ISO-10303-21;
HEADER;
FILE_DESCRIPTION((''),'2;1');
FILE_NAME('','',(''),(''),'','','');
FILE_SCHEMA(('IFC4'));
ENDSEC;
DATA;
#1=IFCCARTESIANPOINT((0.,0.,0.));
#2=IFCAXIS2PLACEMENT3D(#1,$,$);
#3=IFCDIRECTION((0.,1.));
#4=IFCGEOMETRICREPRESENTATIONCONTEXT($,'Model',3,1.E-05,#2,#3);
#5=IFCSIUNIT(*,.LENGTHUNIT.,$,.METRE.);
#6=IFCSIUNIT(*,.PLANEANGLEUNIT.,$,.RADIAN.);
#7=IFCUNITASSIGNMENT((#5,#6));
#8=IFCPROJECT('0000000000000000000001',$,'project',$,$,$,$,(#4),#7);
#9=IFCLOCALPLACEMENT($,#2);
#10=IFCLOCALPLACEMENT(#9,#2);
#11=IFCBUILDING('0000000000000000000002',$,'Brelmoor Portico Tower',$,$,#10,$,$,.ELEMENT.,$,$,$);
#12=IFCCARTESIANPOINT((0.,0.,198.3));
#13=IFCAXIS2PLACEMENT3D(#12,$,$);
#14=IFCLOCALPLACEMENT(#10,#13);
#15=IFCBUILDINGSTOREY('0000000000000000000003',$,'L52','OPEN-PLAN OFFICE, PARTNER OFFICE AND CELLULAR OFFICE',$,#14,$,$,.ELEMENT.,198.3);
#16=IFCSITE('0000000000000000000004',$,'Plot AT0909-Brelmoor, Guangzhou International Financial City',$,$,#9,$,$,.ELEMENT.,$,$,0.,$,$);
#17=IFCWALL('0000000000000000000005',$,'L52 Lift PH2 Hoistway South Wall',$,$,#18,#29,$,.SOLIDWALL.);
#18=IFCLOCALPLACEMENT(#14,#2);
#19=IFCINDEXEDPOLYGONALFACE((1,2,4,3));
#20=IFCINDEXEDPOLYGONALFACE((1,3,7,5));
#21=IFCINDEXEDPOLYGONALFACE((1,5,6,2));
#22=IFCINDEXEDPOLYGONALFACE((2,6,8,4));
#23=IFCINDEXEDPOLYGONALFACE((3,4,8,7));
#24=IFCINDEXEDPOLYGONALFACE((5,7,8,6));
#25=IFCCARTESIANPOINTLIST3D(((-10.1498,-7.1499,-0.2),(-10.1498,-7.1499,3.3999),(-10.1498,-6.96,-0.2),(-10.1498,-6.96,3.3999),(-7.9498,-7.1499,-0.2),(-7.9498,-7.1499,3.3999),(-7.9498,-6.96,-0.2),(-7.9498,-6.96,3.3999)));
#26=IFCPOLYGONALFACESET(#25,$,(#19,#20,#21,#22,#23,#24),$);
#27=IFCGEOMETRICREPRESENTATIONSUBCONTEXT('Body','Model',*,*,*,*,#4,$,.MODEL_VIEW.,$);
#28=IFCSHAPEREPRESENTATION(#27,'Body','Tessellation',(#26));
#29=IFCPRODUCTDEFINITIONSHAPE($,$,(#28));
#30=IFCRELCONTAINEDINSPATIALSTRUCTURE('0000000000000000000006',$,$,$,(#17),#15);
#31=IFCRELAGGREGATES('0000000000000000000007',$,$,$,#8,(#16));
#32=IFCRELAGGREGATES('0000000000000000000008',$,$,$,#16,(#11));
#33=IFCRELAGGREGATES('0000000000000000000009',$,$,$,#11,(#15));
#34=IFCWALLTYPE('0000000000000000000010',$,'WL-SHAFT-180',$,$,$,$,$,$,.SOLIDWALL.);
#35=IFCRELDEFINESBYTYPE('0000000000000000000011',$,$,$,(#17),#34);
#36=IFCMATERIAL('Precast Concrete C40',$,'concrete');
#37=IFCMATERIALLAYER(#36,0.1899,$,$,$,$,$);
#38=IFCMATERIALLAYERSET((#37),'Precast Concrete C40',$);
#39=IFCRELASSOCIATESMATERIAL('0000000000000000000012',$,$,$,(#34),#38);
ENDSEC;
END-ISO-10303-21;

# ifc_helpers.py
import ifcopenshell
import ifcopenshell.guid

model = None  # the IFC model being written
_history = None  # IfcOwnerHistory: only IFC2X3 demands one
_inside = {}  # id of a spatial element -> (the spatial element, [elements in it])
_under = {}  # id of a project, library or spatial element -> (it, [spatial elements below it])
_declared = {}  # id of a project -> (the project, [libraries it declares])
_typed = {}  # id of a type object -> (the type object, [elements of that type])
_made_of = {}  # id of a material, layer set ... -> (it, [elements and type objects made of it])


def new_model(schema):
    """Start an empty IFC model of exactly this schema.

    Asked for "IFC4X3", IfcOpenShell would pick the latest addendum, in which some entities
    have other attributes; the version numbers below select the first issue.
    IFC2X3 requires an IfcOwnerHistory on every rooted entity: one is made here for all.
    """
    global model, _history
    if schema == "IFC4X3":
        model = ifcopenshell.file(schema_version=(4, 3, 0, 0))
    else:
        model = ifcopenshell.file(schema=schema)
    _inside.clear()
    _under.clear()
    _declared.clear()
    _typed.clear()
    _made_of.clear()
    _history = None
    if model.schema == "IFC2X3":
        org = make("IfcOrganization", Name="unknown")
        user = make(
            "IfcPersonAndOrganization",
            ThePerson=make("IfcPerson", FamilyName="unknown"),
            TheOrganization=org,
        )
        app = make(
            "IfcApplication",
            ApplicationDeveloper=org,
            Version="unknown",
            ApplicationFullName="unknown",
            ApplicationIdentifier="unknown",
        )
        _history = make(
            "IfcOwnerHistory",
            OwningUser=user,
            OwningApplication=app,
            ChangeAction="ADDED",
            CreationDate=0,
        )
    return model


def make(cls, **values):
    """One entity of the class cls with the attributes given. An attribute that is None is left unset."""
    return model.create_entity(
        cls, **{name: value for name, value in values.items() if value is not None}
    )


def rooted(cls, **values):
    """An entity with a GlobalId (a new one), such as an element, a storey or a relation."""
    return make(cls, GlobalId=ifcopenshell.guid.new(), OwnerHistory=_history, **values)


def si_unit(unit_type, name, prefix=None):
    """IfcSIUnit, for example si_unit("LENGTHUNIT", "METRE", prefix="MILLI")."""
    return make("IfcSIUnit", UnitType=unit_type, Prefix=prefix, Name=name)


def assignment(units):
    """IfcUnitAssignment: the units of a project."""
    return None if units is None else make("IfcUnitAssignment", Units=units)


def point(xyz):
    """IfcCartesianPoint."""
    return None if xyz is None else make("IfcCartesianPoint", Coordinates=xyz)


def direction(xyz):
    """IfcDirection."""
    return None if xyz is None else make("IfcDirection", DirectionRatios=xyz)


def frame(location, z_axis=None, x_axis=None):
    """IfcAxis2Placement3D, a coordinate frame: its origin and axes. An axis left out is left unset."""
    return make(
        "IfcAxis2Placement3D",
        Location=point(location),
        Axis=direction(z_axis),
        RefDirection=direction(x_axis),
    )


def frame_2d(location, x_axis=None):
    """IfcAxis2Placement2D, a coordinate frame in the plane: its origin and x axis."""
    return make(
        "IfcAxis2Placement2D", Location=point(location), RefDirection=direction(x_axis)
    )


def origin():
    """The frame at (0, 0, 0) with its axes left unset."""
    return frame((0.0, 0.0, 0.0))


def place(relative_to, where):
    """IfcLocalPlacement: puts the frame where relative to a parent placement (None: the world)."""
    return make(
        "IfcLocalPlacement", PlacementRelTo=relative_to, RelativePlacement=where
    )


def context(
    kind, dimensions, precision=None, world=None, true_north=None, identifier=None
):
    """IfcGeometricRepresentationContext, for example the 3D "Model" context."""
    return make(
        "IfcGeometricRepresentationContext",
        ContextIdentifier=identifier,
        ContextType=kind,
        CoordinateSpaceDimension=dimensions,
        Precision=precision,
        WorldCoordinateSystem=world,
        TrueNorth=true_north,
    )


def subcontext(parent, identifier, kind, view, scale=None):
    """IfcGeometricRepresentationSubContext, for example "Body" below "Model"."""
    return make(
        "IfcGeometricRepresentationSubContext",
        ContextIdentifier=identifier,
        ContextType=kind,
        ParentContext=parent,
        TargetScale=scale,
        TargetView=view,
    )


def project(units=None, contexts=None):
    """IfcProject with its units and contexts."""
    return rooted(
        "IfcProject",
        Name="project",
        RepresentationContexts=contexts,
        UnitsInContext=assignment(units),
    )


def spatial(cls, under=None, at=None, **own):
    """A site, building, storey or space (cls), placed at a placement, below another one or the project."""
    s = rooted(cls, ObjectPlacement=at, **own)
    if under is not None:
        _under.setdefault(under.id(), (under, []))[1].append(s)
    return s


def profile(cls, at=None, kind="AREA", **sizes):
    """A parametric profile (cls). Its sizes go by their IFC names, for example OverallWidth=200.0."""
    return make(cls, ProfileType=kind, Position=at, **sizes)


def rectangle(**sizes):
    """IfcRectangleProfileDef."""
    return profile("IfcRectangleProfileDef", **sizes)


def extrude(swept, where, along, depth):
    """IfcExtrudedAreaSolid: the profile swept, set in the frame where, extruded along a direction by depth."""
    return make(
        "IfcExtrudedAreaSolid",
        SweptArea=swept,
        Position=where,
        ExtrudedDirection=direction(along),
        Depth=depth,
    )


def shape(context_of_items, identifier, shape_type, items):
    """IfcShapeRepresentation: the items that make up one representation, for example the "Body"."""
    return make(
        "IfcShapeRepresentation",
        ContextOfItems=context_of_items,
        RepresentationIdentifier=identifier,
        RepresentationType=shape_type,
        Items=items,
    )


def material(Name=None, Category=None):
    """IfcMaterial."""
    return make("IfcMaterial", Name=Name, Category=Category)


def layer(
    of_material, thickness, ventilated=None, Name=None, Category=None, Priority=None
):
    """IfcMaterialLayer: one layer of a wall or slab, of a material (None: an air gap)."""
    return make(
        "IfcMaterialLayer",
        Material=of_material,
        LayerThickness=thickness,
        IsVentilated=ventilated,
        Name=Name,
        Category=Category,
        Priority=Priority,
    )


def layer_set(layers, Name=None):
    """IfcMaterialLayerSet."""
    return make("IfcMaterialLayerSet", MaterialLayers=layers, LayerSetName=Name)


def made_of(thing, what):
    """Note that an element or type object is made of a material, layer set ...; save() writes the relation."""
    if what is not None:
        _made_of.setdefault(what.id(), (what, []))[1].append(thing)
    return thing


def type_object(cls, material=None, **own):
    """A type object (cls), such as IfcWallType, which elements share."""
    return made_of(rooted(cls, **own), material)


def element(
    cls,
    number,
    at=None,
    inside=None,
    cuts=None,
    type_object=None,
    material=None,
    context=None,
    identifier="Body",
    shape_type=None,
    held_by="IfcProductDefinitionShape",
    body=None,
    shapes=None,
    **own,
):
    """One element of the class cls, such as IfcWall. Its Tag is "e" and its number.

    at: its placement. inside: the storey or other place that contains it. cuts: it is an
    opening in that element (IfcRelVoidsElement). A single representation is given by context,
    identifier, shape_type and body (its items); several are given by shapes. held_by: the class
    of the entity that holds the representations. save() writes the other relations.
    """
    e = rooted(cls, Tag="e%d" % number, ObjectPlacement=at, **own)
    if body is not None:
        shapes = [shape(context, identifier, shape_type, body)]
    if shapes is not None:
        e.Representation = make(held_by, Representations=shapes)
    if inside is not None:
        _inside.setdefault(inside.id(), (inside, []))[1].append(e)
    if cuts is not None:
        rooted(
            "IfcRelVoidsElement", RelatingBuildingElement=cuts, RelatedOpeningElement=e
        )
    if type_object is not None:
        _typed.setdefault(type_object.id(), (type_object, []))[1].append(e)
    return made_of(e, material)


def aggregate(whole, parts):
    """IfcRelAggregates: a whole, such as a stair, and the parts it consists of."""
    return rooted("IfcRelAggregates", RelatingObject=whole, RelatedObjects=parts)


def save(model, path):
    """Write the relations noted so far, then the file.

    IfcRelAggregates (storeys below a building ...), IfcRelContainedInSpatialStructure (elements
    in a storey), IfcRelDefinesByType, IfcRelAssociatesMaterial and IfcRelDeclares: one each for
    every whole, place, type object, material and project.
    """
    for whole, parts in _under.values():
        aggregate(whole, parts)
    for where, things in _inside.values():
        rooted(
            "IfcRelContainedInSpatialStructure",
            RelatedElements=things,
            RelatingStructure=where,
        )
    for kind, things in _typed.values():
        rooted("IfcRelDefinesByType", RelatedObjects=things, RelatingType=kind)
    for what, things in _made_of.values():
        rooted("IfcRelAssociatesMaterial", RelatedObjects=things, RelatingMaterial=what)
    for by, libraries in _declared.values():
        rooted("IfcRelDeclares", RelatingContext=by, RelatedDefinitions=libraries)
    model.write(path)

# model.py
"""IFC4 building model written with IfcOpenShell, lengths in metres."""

from ifc_helpers import new_model, si_unit, direction, frame, frame_2d, origin, place, context, subcontext, project, spatial, rectangle, extrude, material, layer, layer_set, type_object, element, save


model = new_model("IFC4")

# Units and contexts
model_context = context("Model", 3, precision=1e-05, world=origin(), true_north=direction((0.0, 1.0)))
body_context = subcontext(model_context, "Body", "Model", "MODEL_VIEW")
ifc_project = project(units=[si_unit("LENGTHUNIT", "METRE"), si_unit("PLANEANGLEUNIT", "RADIAN")], contexts=[model_context])

# Site, building, storey
site_placement = place(None, origin())
site = spatial("IfcSite", under=ifc_project, at=site_placement, Name="Plot AT0909-Brelmoor, Guangzhou International Financial City", CompositionType="ELEMENT", RefElevation=0.0)
building_placement = place(site_placement, origin())
building = spatial("IfcBuilding", under=site, at=building_placement, Name="Brelmoor Portico Tower", CompositionType="ELEMENT")
storey_placement = place(building_placement, frame((0.0, 0.0, 198.3)))
storey = spatial("IfcBuildingStorey", under=building, at=storey_placement, Name="L52", Description="OPEN-PLAN OFFICE, PARTNER OFFICE AND CELLULAR OFFICE", CompositionType="ELEMENT", Elevation=198.3)

# Shared definitions
ifc_material_1 = material(Name="Precast Concrete C40", Category="concrete")
ifc_layer_1 = layer(ifc_material_1, 0.1899)
ifc_layer_set_1 = layer_set([ifc_layer_1], Name="Precast Concrete C40")
wall_type_1 = type_object("IfcWallType", Name="WL-SHAFT-180", PredefinedType="SOLIDWALL", material=ifc_layer_set_1)

# Wall
for number, where, z_axis, x_axis, name in (
    (1, (-10.1499, -7.0549, -0.2), (0.0, 0.0, 1.0), (1.0, 0.0, 0.0), "L52 Lift PH2 Hoistway South Wall"),
):
    element("IfcWall", number, at=place(storey_placement, frame(where, z_axis=z_axis, x_axis=x_axis)), inside=storey, type_object=wall_type_1, Name=name, PredefinedType="SOLIDWALL", context=body_context, shape_type="SweptSolid", body=[
        extrude(rectangle(XDim=2.2, YDim=0.1899, at=frame_2d((1.1001, 0.0))), origin(), (0.0, 0.0, 1.0), 3.5999),
    ])

save(model, "model.ifc")
